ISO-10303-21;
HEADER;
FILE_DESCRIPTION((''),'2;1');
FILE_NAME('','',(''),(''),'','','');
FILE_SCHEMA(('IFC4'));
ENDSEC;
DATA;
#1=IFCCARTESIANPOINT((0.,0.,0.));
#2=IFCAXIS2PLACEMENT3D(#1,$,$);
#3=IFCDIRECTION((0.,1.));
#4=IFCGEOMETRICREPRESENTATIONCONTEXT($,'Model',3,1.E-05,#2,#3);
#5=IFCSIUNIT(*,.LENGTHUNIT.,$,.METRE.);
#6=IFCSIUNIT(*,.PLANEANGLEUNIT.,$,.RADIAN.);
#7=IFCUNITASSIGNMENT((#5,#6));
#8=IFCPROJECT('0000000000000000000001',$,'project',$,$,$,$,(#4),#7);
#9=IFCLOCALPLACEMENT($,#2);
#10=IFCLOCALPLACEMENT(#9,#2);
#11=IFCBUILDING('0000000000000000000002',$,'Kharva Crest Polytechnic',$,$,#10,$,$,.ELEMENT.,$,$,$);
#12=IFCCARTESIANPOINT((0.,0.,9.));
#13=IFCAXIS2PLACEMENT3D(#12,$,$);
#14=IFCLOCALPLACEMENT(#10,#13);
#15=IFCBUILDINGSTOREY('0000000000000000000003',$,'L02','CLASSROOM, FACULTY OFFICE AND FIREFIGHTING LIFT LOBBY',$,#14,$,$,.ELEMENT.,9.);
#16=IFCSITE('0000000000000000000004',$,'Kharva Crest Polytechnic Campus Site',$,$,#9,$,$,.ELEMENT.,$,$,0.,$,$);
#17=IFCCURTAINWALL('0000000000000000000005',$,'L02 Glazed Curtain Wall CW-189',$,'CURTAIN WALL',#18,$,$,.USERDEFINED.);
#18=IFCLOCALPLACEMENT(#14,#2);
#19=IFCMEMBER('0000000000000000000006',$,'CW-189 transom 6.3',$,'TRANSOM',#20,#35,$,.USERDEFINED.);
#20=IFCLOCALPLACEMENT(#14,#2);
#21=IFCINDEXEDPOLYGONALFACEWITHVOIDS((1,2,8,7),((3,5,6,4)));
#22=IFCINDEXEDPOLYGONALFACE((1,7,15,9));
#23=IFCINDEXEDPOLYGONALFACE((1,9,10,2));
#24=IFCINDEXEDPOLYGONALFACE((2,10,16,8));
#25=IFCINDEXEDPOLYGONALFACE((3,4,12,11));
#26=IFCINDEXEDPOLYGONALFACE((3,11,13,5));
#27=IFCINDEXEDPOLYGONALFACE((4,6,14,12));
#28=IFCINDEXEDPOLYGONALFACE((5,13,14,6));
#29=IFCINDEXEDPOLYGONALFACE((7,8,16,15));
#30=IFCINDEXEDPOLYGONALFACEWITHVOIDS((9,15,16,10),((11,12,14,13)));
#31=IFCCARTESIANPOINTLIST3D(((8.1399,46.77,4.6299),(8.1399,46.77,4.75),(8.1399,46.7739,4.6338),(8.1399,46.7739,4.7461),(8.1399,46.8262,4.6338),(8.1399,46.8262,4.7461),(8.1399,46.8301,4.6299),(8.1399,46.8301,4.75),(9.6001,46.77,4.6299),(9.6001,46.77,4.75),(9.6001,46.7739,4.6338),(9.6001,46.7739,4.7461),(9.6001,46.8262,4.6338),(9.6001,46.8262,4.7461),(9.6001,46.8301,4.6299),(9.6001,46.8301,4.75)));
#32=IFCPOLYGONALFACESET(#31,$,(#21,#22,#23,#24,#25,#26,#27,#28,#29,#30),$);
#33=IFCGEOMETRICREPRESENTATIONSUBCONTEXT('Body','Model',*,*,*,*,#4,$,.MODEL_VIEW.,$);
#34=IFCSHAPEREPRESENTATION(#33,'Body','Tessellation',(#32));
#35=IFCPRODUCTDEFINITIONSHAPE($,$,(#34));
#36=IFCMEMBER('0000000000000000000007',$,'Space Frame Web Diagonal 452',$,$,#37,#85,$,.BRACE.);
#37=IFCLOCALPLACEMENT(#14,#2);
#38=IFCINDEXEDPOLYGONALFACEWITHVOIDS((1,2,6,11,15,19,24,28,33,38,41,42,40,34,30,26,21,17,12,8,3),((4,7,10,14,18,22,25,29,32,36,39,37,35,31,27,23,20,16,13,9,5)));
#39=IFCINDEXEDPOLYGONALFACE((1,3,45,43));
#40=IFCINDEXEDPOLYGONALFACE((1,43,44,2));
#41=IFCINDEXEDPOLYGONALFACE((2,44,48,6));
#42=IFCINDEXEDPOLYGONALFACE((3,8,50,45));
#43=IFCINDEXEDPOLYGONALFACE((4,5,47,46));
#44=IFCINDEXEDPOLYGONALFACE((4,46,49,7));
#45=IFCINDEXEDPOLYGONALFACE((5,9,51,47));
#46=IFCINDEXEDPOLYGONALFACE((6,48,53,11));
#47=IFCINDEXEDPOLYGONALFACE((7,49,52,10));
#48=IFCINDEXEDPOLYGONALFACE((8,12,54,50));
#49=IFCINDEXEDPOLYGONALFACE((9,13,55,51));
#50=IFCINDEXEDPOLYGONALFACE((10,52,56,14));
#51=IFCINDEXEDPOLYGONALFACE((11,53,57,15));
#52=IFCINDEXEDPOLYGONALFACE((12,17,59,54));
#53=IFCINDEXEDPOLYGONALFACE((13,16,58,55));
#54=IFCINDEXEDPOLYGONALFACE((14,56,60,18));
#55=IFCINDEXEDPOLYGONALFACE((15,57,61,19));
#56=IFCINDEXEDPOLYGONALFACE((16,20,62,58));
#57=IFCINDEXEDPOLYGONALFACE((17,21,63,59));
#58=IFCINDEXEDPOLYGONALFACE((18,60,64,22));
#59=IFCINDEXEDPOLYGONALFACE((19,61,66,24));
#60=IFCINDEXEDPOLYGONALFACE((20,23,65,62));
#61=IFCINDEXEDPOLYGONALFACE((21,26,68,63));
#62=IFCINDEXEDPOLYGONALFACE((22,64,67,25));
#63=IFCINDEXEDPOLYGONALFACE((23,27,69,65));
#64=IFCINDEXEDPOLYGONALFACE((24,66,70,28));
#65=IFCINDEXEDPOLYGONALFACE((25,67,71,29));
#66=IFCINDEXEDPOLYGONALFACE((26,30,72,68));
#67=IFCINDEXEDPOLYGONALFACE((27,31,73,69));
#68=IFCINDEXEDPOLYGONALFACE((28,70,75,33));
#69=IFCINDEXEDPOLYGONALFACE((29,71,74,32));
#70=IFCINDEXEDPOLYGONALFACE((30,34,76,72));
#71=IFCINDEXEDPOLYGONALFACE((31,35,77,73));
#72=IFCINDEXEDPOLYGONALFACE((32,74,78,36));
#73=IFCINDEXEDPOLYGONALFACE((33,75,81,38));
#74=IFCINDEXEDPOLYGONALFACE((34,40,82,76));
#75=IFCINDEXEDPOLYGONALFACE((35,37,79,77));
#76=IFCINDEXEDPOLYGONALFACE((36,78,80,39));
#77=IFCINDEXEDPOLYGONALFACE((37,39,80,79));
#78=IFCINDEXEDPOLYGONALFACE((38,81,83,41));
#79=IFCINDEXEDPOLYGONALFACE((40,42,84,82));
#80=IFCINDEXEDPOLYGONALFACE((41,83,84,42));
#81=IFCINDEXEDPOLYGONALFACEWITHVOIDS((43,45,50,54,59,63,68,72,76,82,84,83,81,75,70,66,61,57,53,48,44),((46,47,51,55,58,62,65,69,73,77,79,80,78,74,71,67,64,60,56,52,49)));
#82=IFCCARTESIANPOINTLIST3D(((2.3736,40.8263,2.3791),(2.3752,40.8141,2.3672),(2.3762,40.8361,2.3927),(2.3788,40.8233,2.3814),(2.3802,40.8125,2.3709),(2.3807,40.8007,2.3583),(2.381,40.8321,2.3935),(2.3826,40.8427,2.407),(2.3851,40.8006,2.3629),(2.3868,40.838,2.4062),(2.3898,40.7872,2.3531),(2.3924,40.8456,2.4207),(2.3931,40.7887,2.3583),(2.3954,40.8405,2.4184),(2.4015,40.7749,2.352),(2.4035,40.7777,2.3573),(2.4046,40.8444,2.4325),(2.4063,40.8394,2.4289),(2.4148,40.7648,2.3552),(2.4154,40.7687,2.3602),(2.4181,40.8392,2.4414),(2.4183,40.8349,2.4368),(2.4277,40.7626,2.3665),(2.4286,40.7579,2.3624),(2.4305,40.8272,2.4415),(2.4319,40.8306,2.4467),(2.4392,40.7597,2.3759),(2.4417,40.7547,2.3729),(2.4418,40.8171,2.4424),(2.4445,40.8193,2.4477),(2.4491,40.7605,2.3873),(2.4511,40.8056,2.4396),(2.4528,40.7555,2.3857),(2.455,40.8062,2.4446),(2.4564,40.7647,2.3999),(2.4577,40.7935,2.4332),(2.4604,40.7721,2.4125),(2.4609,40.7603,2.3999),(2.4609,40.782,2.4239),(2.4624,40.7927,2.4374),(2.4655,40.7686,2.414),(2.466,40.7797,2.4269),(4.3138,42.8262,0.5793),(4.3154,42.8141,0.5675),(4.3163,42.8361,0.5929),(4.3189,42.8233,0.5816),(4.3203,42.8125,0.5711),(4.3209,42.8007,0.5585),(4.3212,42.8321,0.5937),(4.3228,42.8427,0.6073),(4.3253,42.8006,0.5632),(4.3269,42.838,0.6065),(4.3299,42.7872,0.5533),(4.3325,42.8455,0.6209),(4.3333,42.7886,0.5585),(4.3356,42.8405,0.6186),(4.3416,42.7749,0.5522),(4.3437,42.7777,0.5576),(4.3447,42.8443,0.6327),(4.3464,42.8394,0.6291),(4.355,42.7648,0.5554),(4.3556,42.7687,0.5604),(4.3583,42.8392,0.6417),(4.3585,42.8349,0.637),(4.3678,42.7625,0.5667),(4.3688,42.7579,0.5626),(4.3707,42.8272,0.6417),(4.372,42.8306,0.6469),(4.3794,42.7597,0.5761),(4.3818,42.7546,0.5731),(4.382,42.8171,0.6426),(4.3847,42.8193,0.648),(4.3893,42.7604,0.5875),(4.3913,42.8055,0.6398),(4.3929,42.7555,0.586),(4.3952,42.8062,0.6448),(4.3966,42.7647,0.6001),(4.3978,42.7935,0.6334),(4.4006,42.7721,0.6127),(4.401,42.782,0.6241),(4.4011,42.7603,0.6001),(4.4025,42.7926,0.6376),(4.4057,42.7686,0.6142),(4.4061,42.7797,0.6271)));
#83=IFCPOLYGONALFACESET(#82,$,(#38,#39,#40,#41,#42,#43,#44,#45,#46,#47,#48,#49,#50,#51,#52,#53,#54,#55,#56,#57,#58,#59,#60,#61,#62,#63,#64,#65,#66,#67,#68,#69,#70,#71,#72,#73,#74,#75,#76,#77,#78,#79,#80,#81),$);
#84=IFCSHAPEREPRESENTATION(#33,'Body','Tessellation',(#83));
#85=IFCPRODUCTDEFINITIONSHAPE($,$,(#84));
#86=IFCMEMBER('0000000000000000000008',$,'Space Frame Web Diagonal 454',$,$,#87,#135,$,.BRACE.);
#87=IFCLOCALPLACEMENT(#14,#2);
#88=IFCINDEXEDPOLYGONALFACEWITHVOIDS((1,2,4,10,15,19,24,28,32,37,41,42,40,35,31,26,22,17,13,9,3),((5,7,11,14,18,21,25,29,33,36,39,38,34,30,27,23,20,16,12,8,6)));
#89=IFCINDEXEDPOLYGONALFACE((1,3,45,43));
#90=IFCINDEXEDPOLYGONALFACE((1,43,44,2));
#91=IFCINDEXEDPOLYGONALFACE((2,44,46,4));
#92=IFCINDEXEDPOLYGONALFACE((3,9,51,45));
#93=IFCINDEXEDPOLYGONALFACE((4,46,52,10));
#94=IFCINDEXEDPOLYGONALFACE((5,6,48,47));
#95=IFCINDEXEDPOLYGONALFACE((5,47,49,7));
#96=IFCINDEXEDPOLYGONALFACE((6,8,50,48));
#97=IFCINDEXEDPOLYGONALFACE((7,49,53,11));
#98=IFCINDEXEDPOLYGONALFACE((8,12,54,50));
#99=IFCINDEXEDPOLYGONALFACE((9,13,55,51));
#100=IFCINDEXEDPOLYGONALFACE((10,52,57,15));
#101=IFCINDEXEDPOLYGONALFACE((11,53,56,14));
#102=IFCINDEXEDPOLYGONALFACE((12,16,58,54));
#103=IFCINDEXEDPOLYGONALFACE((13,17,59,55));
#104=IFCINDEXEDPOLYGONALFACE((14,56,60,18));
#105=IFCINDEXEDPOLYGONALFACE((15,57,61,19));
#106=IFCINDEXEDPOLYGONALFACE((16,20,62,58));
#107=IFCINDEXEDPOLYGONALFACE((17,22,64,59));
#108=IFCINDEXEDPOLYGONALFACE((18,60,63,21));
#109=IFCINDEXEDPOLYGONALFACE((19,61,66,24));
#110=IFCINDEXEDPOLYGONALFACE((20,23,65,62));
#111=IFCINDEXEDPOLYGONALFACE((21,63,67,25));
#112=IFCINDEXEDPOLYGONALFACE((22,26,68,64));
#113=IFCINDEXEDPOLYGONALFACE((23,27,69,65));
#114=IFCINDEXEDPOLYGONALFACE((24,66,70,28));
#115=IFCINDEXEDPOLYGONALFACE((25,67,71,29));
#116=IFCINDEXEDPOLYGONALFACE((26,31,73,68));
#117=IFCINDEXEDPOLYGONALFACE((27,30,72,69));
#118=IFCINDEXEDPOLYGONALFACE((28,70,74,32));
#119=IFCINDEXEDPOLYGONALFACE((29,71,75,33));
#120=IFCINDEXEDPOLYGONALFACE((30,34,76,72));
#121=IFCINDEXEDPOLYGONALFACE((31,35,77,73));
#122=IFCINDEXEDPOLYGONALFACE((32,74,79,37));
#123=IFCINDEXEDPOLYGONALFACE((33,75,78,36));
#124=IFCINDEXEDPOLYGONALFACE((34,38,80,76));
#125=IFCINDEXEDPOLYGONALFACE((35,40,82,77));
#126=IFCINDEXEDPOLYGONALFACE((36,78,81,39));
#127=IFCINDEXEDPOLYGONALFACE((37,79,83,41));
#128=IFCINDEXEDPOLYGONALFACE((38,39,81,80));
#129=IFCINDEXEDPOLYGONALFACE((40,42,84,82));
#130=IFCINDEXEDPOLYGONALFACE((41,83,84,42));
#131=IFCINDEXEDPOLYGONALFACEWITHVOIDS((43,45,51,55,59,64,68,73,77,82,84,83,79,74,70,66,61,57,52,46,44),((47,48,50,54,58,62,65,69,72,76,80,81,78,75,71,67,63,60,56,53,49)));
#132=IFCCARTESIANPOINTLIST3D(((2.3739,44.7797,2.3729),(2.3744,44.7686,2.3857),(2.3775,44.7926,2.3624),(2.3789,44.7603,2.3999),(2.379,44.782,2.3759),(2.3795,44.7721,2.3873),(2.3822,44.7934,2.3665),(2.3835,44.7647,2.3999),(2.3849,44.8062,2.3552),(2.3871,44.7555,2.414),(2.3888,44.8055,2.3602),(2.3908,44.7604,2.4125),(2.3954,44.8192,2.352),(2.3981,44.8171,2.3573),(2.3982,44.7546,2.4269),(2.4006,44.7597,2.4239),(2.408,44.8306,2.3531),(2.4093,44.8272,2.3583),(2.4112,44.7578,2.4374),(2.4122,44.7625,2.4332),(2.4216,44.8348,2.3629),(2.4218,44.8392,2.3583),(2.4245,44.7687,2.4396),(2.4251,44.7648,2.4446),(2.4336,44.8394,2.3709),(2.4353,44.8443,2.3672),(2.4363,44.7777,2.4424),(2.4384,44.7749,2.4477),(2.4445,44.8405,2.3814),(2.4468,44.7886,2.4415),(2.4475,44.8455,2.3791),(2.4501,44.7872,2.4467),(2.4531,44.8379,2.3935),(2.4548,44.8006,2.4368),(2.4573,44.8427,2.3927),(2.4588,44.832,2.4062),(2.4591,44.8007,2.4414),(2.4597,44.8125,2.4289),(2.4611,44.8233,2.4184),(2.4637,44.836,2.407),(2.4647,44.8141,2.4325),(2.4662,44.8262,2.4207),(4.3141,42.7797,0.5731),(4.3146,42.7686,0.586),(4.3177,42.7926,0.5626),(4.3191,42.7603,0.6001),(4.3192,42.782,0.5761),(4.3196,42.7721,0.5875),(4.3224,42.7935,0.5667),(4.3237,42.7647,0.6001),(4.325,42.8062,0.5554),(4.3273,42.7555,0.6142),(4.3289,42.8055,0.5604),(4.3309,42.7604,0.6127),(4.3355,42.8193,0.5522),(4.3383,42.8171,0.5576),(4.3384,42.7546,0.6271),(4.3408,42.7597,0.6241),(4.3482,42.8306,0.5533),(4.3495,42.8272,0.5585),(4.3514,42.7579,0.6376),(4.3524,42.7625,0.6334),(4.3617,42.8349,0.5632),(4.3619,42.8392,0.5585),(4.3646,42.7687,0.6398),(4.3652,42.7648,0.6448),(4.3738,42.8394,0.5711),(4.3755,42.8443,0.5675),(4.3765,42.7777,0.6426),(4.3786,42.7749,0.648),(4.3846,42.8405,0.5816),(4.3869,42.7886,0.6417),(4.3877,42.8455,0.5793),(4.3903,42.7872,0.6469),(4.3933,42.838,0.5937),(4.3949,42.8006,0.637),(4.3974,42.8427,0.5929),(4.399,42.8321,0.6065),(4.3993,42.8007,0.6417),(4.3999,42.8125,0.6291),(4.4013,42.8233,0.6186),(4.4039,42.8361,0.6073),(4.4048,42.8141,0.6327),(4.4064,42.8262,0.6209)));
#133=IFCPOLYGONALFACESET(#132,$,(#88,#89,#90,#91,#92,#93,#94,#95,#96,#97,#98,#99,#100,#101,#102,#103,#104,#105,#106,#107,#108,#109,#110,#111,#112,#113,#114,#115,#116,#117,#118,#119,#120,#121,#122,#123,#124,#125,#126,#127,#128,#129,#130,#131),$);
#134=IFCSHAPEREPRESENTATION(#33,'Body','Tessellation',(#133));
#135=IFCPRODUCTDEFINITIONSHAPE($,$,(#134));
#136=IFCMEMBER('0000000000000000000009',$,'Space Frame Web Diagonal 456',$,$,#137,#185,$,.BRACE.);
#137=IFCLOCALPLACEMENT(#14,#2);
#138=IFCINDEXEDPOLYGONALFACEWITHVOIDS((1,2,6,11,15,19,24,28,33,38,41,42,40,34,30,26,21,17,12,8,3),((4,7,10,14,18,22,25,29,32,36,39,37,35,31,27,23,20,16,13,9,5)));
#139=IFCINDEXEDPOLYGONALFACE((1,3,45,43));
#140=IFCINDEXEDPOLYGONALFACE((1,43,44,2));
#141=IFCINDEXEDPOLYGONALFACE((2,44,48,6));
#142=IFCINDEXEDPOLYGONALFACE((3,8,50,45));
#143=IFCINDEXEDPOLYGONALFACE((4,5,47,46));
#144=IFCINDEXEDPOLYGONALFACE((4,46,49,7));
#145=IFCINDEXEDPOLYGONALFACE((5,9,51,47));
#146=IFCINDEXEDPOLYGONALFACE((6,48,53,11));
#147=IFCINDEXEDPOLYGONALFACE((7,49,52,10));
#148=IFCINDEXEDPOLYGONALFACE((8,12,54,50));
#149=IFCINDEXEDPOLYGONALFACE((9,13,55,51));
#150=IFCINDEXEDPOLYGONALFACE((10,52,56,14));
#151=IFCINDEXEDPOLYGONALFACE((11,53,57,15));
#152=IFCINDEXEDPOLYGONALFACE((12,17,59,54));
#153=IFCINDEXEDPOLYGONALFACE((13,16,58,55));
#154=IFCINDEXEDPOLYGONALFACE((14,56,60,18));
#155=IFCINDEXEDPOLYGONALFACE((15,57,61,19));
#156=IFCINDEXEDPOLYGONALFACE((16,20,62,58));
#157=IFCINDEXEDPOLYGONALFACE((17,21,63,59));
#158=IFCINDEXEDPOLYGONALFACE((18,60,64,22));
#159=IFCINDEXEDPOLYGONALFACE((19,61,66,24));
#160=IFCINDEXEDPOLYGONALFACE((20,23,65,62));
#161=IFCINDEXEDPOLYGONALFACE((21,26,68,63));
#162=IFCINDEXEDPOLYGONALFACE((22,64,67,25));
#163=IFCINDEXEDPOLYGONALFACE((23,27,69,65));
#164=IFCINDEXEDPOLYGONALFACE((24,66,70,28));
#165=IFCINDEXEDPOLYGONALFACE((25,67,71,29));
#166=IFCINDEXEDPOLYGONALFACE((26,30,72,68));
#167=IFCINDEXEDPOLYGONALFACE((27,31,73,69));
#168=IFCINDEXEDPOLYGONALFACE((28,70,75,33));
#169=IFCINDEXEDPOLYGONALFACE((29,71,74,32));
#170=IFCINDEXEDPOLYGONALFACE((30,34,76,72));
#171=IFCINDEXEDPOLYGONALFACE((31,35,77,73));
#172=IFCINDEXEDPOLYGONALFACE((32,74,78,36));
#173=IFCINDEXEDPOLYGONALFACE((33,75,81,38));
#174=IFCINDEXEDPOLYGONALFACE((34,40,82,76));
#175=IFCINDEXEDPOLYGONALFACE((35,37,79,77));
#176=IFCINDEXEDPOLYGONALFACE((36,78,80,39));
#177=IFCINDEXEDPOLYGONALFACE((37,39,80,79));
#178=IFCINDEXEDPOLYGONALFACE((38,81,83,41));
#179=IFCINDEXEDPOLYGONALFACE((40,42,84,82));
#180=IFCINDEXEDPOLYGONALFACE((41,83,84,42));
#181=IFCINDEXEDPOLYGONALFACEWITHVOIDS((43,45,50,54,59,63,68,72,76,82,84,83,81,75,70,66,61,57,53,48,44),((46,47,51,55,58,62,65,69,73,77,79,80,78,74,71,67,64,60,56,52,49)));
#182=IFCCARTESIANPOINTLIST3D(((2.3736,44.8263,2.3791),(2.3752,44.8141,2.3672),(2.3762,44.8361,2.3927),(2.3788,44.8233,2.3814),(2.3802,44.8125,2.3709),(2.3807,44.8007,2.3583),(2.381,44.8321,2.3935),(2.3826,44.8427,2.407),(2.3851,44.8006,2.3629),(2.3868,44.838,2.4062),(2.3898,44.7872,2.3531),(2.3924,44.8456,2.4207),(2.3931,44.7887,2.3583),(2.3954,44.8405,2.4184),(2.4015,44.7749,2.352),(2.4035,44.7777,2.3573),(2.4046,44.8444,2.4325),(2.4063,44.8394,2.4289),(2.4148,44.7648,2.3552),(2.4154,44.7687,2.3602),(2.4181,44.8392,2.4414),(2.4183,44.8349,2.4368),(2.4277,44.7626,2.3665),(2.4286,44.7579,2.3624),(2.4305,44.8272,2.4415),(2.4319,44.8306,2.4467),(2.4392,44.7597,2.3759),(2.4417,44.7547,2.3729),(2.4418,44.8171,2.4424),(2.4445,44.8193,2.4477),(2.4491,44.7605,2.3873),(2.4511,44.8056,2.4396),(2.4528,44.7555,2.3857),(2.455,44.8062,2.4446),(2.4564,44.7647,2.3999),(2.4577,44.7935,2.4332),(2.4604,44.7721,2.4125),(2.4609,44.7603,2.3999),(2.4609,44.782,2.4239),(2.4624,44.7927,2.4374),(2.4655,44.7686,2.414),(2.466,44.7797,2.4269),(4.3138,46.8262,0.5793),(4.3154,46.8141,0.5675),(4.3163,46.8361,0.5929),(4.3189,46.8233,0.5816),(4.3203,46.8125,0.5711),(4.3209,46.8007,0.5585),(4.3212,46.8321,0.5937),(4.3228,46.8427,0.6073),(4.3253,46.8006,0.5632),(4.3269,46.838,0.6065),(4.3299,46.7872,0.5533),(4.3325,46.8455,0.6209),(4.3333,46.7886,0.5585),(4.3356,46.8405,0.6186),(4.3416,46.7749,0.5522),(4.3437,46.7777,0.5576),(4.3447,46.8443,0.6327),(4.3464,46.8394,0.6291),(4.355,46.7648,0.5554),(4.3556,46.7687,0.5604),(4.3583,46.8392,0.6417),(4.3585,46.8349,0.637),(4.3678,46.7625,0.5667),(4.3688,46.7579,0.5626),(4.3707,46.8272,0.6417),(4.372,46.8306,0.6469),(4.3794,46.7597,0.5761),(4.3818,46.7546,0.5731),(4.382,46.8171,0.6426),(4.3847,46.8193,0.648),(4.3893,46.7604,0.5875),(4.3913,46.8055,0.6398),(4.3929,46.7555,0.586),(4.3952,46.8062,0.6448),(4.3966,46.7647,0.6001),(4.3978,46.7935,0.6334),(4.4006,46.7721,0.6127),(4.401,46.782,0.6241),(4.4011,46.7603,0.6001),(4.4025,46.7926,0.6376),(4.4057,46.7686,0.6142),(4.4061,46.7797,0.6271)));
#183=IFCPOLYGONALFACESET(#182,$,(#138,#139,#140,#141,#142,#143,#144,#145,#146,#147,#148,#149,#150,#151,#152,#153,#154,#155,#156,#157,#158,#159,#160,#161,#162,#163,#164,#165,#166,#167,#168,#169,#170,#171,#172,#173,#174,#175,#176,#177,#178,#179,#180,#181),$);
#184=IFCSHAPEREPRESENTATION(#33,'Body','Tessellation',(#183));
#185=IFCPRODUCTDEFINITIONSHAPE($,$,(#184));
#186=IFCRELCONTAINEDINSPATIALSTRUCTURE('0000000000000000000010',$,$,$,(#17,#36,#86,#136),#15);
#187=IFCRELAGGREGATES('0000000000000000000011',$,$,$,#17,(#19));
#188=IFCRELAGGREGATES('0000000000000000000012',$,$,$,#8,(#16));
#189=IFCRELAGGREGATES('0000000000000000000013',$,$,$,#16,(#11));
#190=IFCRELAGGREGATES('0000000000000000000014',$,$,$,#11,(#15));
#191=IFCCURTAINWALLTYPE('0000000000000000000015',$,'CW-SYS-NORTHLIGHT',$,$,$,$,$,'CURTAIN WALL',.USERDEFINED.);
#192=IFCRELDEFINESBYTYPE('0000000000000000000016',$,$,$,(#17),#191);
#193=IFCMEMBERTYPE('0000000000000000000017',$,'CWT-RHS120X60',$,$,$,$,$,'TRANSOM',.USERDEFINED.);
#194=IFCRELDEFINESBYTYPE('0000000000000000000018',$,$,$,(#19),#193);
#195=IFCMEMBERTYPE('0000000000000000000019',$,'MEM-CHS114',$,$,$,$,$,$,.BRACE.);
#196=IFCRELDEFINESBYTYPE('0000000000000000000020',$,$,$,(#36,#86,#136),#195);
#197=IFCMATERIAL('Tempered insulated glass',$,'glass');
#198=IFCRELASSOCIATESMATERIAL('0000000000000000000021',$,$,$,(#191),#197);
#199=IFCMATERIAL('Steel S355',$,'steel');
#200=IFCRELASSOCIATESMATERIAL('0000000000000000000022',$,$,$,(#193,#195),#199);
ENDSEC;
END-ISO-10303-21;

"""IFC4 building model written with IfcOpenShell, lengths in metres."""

from ifc_helpers import new_model, si_unit, direction, frame, origin, origin_2d, place, context, subcontext, project, spatial, hollow_rectangle, hollow_circle, extrude, material, material_profile, profile_set, type_object, element, aggregate, save


model = new_model("IFC4")

# Units and contexts
model_context = context("Model", 3, precision=1e-05, world=origin(), true_north=direction((0.0, 1.0)))
body_context = subcontext(model_context, "Body", "Model", "MODEL_VIEW")
ifc_project = project(units=[si_unit("LENGTHUNIT", "METRE"), si_unit("PLANEANGLEUNIT", "RADIAN")], contexts=[model_context])

# Site, building, storey
site_placement = place(None, origin())
site = spatial("IfcSite", under=ifc_project, at=site_placement, Name="Kharva Crest Polytechnic Campus Site", CompositionType="ELEMENT", RefElevation=0.0)
building_placement = place(site_placement, origin())
building = spatial("IfcBuilding", under=site, at=building_placement, Name="Kharva Crest Polytechnic", CompositionType="ELEMENT")
storey_placement = place(building_placement, frame((0.0, 0.0, 9.0)))
storey = spatial("IfcBuildingStorey", under=building, at=storey_placement, Name="L02", Description="CLASSROOM, FACULTY OFFICE AND FIREFIGHTING LIFT LOBBY", CompositionType="ELEMENT", Elevation=9.0)

# Curtain wall, member
ifc_material_1 = material(Name="Tempered insulated glass", Category="glass")
curtain_wall_type = type_object("IfcCurtainWallType", Name="CW-SYS-NORTHLIGHT", ElementType="CURTAIN WALL", PredefinedType="USERDEFINED", material=ifc_material_1)
curtain_wall_placement = place(storey_placement, origin())
curtain_wall = element("IfcCurtainWall", 1, at=curtain_wall_placement, inside=storey, type_object=curtain_wall_type, Name="L02 Glazed Curtain Wall CW-189", ObjectType="CURTAIN WALL", PredefinedType="USERDEFINED")
ifc_material_2 = material(Name="Steel S355", Category="steel")
ifc_material_profile_1 = material_profile(ifc_material_2, hollow_rectangle(XDim=0.0601, YDim=0.1201, WallThickness=0.0039, at=origin_2d()), Name="RHS 120X60X4.0")
ifc_profile_set_1 = profile_set([ifc_material_profile_1], Name="Steel S355")
member_type_1 = type_object("IfcMemberType", Name="CWT-RHS120X60", ElementType="TRANSOM", PredefinedType="USERDEFINED", material=ifc_profile_set_1)
member_1_placement = place(storey_placement, frame((8.1399, 46.8, 4.6899), z_axis=(1.0, 0.0, 0.0), x_axis=(0.0, 1.0, 0.0)))
member_1 = element("IfcMember", 2, at=member_1_placement, type_object=member_type_1, Name="CW-189 transom 6.3", ObjectType="TRANSOM", PredefinedType="USERDEFINED", context=body_context, shape_type="SweptSolid", body=[
    extrude(hollow_rectangle(XDim=0.0601, YDim=0.1201, WallThickness=0.0039, at=origin_2d()), origin(), (0.0, 0.0, 1.0), 1.4602),
])

# Members
ifc_material_profile_2 = material_profile(ifc_material_2, hollow_circle(Radius=0.0571, WallThickness=0.0063, at=origin_2d()), Name="CHS 114.3X6.3")
ifc_profile_set_2 = profile_set([ifc_material_profile_2], Name="Steel S355")
member_type_2 = type_object("IfcMemberType", Name="MEM-CHS114", PredefinedType="BRACE", material=ifc_profile_set_2)
for number, where, z_axis, x_axis, name in (
    (3, (4.3601, 42.8, 0.6001), (-0.584892, -0.602924, 0.542572), (0.717758, -0.696292, 0.0), "Space Frame Web Diagonal 452"),
    (4, (4.3601, 42.8, 0.6001), (-0.584892, 0.602924, 0.542572), (-0.717758, -0.696292, 0.0), "Space Frame Web Diagonal 454"),
    (5, (4.3601, 46.8, 0.6001), (-0.584892, -0.602924, 0.542572), (0.717758, -0.696292, 0.0), "Space Frame Web Diagonal 456"),
):
    element("IfcMember", number, at=place(storey_placement, frame(where, z_axis=z_axis, x_axis=x_axis)), inside=storey, type_object=member_type_2, Name=name, PredefinedType="BRACE", context=body_context, shape_type="SweptSolid", body=[
        extrude(hollow_circle(Radius=0.0571, WallThickness=0.0063, at=origin_2d()), origin(), (0.0, 0.0, 1.0), 3.3171),
    ])

aggregate(curtain_wall, [member_1])

save(model, "model.ifc")
